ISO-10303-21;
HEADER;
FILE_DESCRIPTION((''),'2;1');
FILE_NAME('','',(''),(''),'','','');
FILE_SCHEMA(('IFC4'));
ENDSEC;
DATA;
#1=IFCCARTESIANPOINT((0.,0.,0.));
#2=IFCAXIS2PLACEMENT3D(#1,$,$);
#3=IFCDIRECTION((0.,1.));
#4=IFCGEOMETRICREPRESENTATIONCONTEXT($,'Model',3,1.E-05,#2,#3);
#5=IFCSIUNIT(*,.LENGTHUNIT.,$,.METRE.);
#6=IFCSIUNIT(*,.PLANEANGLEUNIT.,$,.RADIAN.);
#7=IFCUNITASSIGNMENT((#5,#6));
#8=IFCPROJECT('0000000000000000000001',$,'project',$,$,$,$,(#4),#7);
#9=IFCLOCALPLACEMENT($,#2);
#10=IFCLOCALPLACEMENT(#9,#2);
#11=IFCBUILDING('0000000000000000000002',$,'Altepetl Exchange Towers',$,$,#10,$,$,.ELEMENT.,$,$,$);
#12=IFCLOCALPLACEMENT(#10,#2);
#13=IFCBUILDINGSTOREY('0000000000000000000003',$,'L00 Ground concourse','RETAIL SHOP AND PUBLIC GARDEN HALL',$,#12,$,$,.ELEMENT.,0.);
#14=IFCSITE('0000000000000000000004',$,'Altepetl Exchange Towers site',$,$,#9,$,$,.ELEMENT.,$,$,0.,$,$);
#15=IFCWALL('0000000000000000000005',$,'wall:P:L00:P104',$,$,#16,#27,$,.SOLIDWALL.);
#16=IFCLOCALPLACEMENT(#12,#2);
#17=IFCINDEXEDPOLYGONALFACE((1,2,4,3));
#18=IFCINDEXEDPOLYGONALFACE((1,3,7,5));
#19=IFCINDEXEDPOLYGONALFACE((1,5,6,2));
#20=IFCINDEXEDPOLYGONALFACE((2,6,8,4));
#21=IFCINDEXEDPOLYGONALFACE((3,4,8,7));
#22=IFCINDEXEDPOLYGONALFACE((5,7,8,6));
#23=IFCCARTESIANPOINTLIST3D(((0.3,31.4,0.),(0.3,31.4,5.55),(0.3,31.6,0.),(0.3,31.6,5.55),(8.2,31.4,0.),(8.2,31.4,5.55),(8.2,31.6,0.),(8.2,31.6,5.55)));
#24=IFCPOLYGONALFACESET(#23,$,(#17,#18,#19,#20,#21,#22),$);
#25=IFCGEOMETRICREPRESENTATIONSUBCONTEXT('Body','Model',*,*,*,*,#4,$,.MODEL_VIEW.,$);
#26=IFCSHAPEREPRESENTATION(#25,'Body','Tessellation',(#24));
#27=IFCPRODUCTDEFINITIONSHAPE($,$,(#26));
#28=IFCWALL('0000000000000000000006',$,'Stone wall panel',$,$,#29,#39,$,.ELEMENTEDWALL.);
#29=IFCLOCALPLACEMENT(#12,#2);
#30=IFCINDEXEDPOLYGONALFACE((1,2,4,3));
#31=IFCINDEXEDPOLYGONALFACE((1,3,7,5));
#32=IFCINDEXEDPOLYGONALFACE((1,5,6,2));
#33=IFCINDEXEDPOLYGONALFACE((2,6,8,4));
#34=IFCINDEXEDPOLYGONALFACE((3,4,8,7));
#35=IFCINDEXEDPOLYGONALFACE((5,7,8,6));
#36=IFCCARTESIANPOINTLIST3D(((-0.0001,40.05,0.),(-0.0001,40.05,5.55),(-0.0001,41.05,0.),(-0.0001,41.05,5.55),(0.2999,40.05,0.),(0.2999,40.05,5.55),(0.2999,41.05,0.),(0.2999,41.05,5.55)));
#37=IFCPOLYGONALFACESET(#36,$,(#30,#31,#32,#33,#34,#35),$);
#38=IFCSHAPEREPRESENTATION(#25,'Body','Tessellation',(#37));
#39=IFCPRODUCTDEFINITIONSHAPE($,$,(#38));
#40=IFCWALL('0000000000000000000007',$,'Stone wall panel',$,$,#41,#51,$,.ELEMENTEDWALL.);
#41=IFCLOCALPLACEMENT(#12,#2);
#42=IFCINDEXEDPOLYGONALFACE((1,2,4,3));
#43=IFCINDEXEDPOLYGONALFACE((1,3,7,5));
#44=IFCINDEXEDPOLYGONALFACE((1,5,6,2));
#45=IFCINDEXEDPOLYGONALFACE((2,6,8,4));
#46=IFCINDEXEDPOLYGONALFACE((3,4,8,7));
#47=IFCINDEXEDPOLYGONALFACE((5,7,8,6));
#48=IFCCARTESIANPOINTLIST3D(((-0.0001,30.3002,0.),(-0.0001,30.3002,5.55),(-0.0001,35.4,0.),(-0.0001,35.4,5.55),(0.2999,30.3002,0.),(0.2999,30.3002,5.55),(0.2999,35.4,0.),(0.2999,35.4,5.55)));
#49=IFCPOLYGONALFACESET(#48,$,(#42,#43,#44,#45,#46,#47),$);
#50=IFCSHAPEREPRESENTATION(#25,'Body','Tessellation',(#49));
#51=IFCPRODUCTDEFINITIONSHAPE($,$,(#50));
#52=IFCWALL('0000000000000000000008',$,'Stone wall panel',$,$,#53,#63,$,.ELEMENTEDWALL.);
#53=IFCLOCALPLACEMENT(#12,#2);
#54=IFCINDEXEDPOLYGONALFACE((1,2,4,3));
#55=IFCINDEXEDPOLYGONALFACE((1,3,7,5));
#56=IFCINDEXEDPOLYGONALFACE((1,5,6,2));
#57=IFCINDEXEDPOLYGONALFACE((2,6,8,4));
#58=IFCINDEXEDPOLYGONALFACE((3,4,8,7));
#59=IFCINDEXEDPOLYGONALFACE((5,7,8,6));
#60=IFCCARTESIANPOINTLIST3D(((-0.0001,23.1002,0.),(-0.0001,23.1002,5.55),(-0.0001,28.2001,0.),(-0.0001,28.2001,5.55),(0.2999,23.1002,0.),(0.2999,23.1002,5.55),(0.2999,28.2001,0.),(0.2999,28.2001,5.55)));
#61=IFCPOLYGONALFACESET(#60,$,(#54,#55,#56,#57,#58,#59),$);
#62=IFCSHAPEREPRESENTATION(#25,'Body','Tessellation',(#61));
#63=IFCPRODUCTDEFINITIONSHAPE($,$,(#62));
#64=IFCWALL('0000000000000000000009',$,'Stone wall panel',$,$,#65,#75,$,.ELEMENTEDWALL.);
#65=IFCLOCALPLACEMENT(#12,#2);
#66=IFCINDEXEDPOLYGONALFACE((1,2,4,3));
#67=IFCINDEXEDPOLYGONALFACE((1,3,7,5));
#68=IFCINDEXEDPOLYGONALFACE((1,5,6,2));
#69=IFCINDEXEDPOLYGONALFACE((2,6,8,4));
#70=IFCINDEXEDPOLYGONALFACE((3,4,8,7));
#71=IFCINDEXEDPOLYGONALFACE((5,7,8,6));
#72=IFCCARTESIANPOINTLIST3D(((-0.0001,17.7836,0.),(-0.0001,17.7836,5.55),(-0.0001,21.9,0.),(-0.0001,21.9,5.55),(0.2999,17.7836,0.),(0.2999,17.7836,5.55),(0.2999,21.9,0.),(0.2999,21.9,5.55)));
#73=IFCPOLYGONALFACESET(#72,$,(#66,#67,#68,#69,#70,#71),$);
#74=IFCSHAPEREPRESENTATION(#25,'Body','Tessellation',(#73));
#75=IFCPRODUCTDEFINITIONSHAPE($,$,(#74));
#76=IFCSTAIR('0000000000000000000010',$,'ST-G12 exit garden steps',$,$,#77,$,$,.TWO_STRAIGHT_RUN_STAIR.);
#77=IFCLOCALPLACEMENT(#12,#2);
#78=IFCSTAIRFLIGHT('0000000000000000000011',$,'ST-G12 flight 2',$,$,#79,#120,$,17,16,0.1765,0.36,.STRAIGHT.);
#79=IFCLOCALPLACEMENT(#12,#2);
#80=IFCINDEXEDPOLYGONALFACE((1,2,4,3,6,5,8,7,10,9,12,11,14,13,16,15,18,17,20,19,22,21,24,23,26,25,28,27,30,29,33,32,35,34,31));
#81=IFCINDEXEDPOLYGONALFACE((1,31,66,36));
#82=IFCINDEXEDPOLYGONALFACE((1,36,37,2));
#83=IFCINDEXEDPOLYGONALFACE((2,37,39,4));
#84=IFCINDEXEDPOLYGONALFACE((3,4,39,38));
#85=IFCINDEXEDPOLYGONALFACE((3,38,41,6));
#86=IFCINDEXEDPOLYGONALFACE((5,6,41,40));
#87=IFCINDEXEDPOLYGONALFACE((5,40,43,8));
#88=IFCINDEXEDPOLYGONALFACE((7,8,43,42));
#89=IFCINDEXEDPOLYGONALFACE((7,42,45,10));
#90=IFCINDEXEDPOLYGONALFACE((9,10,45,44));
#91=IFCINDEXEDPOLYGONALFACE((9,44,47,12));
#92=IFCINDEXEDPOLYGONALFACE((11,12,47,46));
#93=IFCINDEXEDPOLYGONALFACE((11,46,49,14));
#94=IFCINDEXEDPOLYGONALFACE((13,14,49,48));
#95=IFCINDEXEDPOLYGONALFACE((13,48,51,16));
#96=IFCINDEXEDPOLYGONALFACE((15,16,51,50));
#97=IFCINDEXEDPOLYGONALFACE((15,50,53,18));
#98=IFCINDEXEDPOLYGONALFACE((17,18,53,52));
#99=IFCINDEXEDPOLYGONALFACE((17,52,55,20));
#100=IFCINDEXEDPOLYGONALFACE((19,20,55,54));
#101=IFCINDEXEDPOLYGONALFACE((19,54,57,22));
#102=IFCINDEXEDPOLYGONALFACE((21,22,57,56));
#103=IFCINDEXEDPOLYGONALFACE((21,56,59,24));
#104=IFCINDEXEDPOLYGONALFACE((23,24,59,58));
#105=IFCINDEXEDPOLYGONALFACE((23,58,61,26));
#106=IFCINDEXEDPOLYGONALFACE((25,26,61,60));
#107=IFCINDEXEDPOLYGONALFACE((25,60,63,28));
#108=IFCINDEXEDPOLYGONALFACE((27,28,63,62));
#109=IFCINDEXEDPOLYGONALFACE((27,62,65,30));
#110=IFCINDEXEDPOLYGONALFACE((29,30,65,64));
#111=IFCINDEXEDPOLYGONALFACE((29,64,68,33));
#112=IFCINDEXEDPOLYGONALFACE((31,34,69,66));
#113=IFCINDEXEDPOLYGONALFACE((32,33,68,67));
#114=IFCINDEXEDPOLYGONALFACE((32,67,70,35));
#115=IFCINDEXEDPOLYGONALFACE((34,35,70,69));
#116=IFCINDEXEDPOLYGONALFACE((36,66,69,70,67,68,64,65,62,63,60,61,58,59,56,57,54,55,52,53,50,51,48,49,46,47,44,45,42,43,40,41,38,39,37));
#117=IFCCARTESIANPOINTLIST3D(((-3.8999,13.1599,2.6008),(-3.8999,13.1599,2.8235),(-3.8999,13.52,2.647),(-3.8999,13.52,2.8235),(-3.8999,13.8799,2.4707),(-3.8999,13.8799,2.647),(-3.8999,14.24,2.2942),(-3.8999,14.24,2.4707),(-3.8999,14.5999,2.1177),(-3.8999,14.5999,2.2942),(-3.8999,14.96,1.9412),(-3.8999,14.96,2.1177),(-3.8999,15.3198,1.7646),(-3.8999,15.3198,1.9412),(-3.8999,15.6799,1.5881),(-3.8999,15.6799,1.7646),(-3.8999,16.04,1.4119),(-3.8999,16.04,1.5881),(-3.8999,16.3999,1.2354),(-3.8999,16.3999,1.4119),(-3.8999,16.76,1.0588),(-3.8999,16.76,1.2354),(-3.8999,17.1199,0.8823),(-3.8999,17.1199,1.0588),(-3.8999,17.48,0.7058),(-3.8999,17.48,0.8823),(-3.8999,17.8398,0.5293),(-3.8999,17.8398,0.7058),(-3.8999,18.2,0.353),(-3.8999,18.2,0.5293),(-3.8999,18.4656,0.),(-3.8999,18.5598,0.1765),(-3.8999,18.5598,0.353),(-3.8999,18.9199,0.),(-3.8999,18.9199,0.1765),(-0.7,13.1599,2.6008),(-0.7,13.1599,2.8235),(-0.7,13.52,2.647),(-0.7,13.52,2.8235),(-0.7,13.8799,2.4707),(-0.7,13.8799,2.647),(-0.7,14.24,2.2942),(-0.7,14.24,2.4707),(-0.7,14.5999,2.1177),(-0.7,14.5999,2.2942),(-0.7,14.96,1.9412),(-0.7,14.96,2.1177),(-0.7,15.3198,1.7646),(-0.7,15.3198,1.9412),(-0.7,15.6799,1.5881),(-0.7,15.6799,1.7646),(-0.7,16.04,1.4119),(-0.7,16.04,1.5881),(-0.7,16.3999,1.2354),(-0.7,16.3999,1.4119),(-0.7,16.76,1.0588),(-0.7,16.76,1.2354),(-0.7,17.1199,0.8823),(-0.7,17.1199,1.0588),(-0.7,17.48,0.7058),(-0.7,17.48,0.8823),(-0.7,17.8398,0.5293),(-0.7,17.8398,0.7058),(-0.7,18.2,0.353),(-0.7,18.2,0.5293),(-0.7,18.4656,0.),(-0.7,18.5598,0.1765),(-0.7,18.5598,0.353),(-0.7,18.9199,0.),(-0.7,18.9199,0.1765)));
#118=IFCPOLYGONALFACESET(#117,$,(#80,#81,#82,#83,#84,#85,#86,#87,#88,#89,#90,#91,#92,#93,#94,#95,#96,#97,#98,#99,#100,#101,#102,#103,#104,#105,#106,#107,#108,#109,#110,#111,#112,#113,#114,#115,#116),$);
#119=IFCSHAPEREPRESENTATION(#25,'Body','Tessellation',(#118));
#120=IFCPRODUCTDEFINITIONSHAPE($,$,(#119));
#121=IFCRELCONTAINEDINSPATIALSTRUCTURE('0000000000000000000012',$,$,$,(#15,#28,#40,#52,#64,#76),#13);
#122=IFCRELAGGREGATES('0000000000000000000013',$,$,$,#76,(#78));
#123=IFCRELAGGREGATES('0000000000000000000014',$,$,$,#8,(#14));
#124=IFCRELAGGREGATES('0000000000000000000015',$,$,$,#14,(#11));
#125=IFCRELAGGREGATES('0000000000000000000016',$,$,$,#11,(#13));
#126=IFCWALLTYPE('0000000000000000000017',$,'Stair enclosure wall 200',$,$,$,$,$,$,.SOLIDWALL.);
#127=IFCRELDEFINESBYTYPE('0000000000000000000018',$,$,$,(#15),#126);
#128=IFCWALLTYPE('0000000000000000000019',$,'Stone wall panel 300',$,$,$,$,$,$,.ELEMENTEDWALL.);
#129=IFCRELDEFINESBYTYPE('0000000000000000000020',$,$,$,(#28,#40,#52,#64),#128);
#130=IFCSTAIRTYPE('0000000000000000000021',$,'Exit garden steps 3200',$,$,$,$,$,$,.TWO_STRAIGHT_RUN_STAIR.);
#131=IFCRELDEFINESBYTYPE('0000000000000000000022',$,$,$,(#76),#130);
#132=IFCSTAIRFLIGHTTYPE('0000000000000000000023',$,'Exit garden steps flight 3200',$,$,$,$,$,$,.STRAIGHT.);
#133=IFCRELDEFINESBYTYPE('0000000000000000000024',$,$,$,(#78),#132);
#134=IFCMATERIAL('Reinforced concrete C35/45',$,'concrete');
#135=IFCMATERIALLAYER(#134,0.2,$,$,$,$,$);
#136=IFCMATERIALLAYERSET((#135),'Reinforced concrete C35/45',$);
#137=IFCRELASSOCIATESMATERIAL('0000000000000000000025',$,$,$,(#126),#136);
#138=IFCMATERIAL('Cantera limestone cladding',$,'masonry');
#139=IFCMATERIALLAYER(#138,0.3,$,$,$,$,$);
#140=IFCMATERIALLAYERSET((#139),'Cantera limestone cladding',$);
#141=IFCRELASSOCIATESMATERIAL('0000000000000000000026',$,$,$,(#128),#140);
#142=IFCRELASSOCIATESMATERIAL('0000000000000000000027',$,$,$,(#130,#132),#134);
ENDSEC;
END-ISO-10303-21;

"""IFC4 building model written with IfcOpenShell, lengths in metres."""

from ifc_helpers import new_model, si_unit, direction, frame, frame_2d, origin, place, context, subcontext, project, spatial, polyline, rectangle, outline, extrude, material, layer, layer_set, type_object, element, aggregate, save


model = new_model("IFC4")

# Units and contexts
model_context = context("Model", 3, precision=1e-05, world=origin(), true_north=direction((0.0, 1.0)))
body_context = subcontext(model_context, "Body", "Model", "MODEL_VIEW")
ifc_project = project(units=[si_unit("LENGTHUNIT", "METRE"), si_unit("PLANEANGLEUNIT", "RADIAN")], contexts=[model_context])

# Site, building, storey
site_placement = place(None, origin())
site = spatial("IfcSite", under=ifc_project, at=site_placement, Name="Altepetl Exchange Towers site", CompositionType="ELEMENT", RefElevation=0.0)
building_placement = place(site_placement, origin())
building = spatial("IfcBuilding", under=site, at=building_placement, Name="Altepetl Exchange Towers", CompositionType="ELEMENT")
storey_placement = place(building_placement, origin())
storey = spatial("IfcBuildingStorey", under=building, at=storey_placement, Name="L00 Ground concourse", Description="RETAIL SHOP AND PUBLIC GARDEN HALL", CompositionType="ELEMENT", Elevation=0.0)

# Shared definitions
ifc_material_1 = material(Name="Reinforced concrete C35/45", Category="concrete")
ifc_layer_1 = layer(ifc_material_1, 0.2)
ifc_layer_set_1 = layer_set([ifc_layer_1], Name="Reinforced concrete C35/45")
wall_type_1 = type_object("IfcWallType", Name="Stair enclosure wall 200", PredefinedType="SOLIDWALL", material=ifc_layer_set_1)

# Walls
wall_1_placement = place(storey_placement, frame((0.3, 31.5, 0.0)))
element("IfcWall", 1, at=wall_1_placement, inside=storey, type_object=wall_type_1, Name="wall:P:L00:P104", PredefinedType="SOLIDWALL", context=body_context, shape_type="SweptSolid", body=[
    extrude(rectangle(XDim=7.8999, YDim=0.2, at=frame_2d((3.95, 0.0))), origin(), (0.0, 0.0, 1.0), 5.55),
])
ifc_material_2 = material(Name="Cantera limestone cladding", Category="masonry")
ifc_layer_2 = layer(ifc_material_2, 0.3)
ifc_layer_set_2 = layer_set([ifc_layer_2], Name="Cantera limestone cladding")
wall_type_2 = type_object("IfcWallType", Name="Stone wall panel 300", PredefinedType="ELEMENTEDWALL", material=ifc_layer_set_2)
wall_2_placement = place(storey_placement, frame((0.1499, 41.05, 0.0), z_axis=(0.0, 0.0, 1.0), x_axis=(0.0, -1.0, 0.0)))
element("IfcWall", 2, at=wall_2_placement, inside=storey, type_object=wall_type_2, Name="Stone wall panel", PredefinedType="ELEMENTEDWALL", context=body_context, shape_type="SweptSolid", body=[
    extrude(rectangle(XDim=1.0, YDim=0.3, at=frame_2d((0.5, 0.0))), origin(), (0.0, 0.0, 1.0), 5.55),
])
wall_3_placement = place(storey_placement, frame((0.1499, 35.3999, 0.0), z_axis=(0.0, 0.0, 1.0), x_axis=(0.0, -1.0, 0.0)))
element("IfcWall", 3, at=wall_3_placement, inside=storey, type_object=wall_type_2, Name="Stone wall panel", PredefinedType="ELEMENTEDWALL", context=body_context, shape_type="SweptSolid", body=[
    extrude(rectangle(XDim=5.0999, YDim=0.3, at=frame_2d((2.5498, 0.0))), origin(), (0.0, 0.0, 1.0), 5.55),
])

# Walls
wall_4_placement = place(storey_placement, frame((0.1499, 28.2, 0.0), z_axis=(0.0, 0.0, 1.0), x_axis=(0.0, -1.0, 0.0)))
element("IfcWall", 4, at=wall_4_placement, inside=storey, type_object=wall_type_2, Name="Stone wall panel", PredefinedType="ELEMENTEDWALL", context=body_context, shape_type="SweptSolid", body=[
    extrude(rectangle(XDim=5.0999, YDim=0.3, at=frame_2d((2.5498, 0.0))), origin(), (0.0, 0.0, 1.0), 5.55),
])
wall_5_placement = place(storey_placement, frame((0.1499, 21.8999, 0.0), z_axis=(0.0, 0.0, 1.0), x_axis=(0.0, -1.0, 0.0)))
element("IfcWall", 5, at=wall_5_placement, inside=storey, type_object=wall_type_2, Name="Stone wall panel", PredefinedType="ELEMENTEDWALL", context=body_context, shape_type="SweptSolid", body=[
    extrude(rectangle(XDim=4.1165, YDim=0.3, at=frame_2d((2.0581, 0.0))), origin(), (0.0, 0.0, 1.0), 5.55),
])

# Stair, stair flight
stair_type = type_object("IfcStairType", Name="Exit garden steps 3200", PredefinedType="TWO_STRAIGHT_RUN_STAIR", material=ifc_material_1)
stair_placement = place(storey_placement, origin())
stair = element("IfcStair", 6, at=stair_placement, inside=storey, type_object=stair_type, Name="ST-G12 exit garden steps", PredefinedType="TWO_STRAIGHT_RUN_STAIR")
stair_flight_type = type_object("IfcStairFlightType", Name="Exit garden steps flight 3200", PredefinedType="STRAIGHT", material=ifc_material_1)
stair_flight_placement = place(storey_placement, frame((-2.3, 18.9199, 0.0), z_axis=(0.0, 0.0, 1.0), x_axis=(0.0, -1.0, 0.0)))
stair_flight = element("IfcStairFlight", 7, at=stair_flight_placement, type_object=stair_flight_type, Name="ST-G12 flight 2", NumberOfRisers=17, NumberOfTreads=16, PredefinedType="STRAIGHT", RiserHeight=0.1765, TreadLength=0.36, context=body_context, shape_type="SweptSolid", body=[
    extrude(outline(polyline([(0.0, 0.0), (0.0, 0.1765), (0.3601, 0.1765), (0.3601, 0.353), (0.72, 0.353), (0.72, 0.5293), (1.0801, 0.5293), (1.0801, 0.7058), (1.4399, 0.7058), (1.4399, 0.8823), (1.8, 0.8823), (1.8, 1.0588), (2.1599, 1.0588), (2.1599, 1.2354), (2.52, 1.2354), (2.52, 1.4119), (2.8799, 1.4119), (2.8799, 1.5881), (3.24, 1.5881), (3.24, 1.7646), (3.6001, 1.7646), (3.6001, 1.9412), (3.96, 1.9412), (3.96, 2.1177), (4.3201, 2.1177), (4.3201, 2.2942), (4.6799, 2.2942), (4.6799, 2.4707), (5.04, 2.4707), (5.04, 2.647), (5.3999, 2.647), (5.3999, 2.8235), (5.76, 2.8235), (5.76, 3.0), (5.76, 2.6008), (0.4543, 0.0), (0.0, 0.0)])), frame((0.0, 1.6001, 0.0), z_axis=(0.0, -1.0, 0.0), x_axis=(1.0, 0.0, 0.0)), (0.0, 0.0, 1.0), 3.2),
])
aggregate(stair, [stair_flight])

save(model, "model.ifc")
